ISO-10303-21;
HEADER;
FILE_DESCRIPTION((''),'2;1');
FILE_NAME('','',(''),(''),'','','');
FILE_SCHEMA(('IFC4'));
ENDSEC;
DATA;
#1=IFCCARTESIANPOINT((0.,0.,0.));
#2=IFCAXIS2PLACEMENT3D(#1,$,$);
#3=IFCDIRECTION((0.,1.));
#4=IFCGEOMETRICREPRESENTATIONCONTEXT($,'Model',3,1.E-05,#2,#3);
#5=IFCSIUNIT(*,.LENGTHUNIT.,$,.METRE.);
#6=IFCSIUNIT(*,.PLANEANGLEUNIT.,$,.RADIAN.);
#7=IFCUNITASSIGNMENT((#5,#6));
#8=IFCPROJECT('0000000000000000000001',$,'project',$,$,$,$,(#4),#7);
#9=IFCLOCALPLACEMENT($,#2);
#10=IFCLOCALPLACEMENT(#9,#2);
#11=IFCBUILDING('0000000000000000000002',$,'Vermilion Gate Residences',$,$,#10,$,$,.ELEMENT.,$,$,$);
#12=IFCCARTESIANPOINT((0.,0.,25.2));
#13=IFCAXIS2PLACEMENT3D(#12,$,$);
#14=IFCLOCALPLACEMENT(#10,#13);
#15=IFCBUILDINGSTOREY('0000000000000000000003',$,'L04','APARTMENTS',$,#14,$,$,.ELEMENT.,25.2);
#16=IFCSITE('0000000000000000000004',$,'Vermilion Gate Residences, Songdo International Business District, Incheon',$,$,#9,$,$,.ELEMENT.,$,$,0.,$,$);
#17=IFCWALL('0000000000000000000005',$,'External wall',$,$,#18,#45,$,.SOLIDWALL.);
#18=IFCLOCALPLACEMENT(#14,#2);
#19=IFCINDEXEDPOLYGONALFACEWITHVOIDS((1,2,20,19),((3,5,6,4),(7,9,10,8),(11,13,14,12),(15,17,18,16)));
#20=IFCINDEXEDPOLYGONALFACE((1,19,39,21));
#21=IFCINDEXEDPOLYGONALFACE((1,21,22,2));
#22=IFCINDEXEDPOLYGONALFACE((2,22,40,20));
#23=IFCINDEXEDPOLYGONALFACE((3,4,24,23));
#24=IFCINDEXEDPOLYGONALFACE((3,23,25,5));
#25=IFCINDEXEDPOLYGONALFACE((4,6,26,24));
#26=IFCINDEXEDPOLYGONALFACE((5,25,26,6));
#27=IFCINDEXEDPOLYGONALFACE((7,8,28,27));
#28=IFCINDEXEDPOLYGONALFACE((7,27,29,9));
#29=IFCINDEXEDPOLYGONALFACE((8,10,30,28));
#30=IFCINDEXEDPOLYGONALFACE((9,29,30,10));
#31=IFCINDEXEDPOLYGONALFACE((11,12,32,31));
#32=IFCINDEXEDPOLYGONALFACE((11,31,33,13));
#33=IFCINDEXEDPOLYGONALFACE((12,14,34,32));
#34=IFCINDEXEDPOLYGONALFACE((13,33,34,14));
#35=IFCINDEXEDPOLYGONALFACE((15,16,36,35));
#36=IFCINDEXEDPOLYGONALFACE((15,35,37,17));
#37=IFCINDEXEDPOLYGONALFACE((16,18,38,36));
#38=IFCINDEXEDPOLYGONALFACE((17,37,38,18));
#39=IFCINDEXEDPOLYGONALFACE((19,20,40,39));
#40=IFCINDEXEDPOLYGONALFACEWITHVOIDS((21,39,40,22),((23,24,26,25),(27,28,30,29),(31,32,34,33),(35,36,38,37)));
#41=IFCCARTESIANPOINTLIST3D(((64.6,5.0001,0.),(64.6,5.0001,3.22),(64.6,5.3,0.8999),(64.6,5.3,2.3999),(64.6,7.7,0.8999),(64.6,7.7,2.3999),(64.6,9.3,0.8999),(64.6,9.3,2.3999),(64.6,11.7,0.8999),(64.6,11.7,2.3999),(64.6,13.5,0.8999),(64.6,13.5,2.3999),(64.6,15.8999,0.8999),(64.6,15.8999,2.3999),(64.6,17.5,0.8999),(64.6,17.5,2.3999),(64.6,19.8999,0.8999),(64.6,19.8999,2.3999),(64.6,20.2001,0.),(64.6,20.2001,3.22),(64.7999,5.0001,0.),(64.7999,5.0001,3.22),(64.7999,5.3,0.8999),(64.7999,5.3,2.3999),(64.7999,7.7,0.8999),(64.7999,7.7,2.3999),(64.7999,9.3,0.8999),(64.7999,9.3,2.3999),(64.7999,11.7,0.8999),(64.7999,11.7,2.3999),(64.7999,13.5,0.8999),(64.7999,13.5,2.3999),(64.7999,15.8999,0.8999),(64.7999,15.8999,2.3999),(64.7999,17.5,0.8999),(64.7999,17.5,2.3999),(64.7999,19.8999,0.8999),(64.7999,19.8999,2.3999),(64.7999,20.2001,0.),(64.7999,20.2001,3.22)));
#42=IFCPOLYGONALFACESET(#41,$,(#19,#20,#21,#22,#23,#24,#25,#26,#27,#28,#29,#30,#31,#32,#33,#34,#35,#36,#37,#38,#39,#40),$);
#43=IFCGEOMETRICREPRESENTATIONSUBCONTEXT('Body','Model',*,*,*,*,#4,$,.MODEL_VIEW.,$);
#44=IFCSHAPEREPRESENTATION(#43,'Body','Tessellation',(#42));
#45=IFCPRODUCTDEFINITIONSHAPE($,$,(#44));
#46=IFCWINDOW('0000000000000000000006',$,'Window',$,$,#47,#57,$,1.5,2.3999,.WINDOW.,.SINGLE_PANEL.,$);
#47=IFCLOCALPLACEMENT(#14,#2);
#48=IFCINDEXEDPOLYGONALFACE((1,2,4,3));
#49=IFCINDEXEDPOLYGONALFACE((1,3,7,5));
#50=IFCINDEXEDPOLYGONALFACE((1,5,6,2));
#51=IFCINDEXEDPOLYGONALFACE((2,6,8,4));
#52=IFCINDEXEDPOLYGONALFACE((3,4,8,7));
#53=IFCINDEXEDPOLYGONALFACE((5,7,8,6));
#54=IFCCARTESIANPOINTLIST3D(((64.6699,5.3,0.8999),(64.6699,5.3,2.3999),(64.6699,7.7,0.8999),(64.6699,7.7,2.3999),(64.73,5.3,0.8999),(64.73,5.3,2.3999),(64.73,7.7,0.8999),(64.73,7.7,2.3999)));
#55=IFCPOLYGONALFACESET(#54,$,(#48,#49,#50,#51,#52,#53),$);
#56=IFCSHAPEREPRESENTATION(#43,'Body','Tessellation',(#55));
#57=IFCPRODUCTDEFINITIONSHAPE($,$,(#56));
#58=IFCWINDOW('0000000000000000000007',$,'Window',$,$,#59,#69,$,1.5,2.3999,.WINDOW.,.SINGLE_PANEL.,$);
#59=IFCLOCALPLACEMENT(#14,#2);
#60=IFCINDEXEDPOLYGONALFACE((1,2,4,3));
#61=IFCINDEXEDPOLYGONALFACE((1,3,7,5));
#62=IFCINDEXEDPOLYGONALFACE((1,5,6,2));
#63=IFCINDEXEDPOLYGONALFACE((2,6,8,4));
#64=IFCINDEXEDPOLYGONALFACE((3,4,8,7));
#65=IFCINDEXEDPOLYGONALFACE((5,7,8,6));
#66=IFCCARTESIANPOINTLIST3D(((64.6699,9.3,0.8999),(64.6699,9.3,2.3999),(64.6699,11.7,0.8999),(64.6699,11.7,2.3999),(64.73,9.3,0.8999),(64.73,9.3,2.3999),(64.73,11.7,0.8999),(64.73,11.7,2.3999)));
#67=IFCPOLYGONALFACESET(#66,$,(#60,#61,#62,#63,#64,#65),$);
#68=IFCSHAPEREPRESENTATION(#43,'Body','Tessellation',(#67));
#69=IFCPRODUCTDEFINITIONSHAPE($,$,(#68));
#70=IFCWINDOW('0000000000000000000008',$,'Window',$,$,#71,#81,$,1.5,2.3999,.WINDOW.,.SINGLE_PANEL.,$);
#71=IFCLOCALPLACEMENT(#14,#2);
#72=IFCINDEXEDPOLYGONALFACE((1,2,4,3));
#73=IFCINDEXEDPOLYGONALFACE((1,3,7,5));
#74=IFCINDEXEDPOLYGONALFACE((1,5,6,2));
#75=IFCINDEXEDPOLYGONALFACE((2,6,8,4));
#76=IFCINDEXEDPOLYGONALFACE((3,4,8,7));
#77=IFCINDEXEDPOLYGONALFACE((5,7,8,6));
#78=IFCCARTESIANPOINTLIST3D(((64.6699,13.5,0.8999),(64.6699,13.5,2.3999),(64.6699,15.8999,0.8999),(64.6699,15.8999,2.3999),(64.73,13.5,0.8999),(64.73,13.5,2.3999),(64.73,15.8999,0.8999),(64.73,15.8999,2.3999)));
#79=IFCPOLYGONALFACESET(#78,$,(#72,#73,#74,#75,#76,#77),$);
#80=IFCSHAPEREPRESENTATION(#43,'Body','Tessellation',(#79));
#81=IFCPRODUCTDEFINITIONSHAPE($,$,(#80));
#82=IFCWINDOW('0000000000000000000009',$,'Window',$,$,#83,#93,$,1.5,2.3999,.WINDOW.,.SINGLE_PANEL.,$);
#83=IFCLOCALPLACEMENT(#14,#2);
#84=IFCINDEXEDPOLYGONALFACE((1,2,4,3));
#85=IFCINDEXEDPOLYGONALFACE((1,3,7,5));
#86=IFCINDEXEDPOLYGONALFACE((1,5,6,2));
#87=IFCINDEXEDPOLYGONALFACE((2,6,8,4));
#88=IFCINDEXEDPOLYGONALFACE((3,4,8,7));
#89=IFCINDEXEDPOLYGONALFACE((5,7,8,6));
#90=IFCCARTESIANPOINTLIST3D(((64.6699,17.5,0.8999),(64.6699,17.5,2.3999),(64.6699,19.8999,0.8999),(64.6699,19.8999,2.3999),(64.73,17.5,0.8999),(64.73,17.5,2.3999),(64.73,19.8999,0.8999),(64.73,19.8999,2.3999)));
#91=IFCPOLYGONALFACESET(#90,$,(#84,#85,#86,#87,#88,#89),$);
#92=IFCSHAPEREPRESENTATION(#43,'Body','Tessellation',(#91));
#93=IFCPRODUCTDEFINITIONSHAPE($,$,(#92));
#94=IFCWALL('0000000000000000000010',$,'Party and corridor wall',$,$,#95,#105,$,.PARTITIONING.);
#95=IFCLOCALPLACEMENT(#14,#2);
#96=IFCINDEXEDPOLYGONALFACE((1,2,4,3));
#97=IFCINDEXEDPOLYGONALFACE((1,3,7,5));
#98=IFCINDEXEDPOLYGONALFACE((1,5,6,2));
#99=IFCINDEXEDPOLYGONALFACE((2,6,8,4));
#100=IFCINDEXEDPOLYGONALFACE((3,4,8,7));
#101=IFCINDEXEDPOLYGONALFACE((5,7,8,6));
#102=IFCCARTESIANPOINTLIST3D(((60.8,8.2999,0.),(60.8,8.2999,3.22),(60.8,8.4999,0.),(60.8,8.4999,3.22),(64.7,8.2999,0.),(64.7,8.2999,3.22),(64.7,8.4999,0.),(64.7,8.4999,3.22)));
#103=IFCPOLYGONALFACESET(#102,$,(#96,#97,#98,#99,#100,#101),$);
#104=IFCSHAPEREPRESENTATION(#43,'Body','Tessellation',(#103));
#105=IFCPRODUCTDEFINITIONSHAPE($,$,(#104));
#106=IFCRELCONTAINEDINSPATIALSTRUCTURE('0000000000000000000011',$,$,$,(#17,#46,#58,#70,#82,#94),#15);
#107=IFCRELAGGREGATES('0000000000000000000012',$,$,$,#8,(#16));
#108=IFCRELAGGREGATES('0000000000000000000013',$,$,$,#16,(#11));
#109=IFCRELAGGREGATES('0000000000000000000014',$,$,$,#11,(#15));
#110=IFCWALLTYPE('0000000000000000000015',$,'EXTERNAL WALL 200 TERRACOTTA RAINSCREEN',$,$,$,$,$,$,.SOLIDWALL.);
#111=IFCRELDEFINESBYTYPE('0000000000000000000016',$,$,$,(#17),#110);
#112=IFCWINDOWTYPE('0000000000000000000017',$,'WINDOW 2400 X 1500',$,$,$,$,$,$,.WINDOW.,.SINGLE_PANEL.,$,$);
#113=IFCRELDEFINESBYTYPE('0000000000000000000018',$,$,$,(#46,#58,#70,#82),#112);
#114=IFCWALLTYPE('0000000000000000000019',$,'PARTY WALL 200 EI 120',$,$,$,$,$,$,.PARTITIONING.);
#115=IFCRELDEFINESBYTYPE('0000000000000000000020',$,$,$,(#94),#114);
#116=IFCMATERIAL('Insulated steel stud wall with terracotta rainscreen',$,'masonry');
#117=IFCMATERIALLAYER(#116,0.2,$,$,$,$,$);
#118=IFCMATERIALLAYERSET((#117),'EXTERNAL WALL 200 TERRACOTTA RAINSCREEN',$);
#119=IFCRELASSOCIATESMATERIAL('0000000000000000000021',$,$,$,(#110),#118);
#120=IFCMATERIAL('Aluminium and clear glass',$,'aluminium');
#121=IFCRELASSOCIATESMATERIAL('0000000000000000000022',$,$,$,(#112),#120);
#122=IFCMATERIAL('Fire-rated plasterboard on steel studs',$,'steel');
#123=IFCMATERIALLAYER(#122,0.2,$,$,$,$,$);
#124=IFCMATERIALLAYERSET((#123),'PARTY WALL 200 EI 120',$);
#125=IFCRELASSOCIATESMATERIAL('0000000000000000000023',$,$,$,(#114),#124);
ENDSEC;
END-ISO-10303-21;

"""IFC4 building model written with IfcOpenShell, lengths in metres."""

from ifc_helpers import new_model, si_unit, direction, frame, frame_2d, origin, place, context, subcontext, project, spatial, rectangle, extrude, material, layer, layer_set, type_object, element, fill, save


model = new_model("IFC4")

# Units and contexts
model_context = context("Model", 3, precision=1e-05, world=origin(), true_north=direction((0.0, 1.0)))
body_context = subcontext(model_context, "Body", "Model", "MODEL_VIEW")
ifc_project = project(units=[si_unit("LENGTHUNIT", "METRE"), si_unit("PLANEANGLEUNIT", "RADIAN")], contexts=[model_context])

# Site, building, storey
site_placement = place(None, origin())
site = spatial("IfcSite", under=ifc_project, at=site_placement, Name="Vermilion Gate Residences, Songdo International Business District, Incheon", CompositionType="ELEMENT", RefElevation=0.0)
building_placement = place(site_placement, origin())
building = spatial("IfcBuilding", under=site, at=building_placement, Name="Vermilion Gate Residences", CompositionType="ELEMENT")
storey_placement = place(building_placement, frame((0.0, 0.0, 25.2)))
storey = spatial("IfcBuildingStorey", under=building, at=storey_placement, Name="L04", Description="APARTMENTS", CompositionType="ELEMENT", Elevation=25.2)

# Shared definitions
ifc_material_1 = material(Name="Insulated steel stud wall with terracotta rainscreen", Category="masonry")
ifc_layer_1 = layer(ifc_material_1, 0.2)
ifc_layer_set_1 = layer_set([ifc_layer_1], Name="EXTERNAL WALL 200 TERRACOTTA RAINSCREEN")
wall_type_1 = type_object("IfcWallType", Name="EXTERNAL WALL 200 TERRACOTTA RAINSCREEN", PredefinedType="SOLIDWALL", material=ifc_layer_set_1)

# Wall, openings, windows
wall_1_placement = place(storey_placement, frame((64.7, 5.0, 0.0), z_axis=(0.0, 0.0, 1.0), x_axis=(0.0, 1.0, 0.0)))
wall_1 = element("IfcWall", 1, at=wall_1_placement, inside=storey, type_object=wall_type_1, Name="External wall", PredefinedType="SOLIDWALL", context=body_context, shape_type="SweptSolid", body=[
    extrude(rectangle(XDim=15.2, YDim=0.2, at=frame_2d((7.6001, 0.0))), origin(), (0.0, 0.0, 1.0), 3.22),
])
opening_1_placement = place(wall_1_placement, frame((0.3, 0.0, 0.8999)))
opening_1 = element("IfcOpeningElement", 2, at=opening_1_placement, cuts=wall_1, PredefinedType="OPENING", context=body_context, shape_type="SweptSolid", body=[
    extrude(rectangle(XDim=2.3999, YDim=1.5, at=frame_2d((1.2, 0.75))), frame((0.0, 0.1099, 0.0), z_axis=(0.0, -1.0, 0.0), x_axis=(1.0, 0.0, 0.0)), (0.0, 0.0, 1.0), 0.22),
])
opening_2_placement = place(wall_1_placement, frame((4.3, 0.0, 0.8999)))
opening_2 = element("IfcOpeningElement", 3, at=opening_2_placement, cuts=wall_1, PredefinedType="OPENING", context=body_context, shape_type="SweptSolid", body=[
    extrude(rectangle(XDim=2.3999, YDim=1.5, at=frame_2d((1.2, 0.75))), frame((0.0, 0.1099, 0.0), z_axis=(0.0, -1.0, 0.0), x_axis=(1.0, 0.0, 0.0)), (0.0, 0.0, 1.0), 0.22),
])
opening_3_placement = place(wall_1_placement, frame((8.5, 0.0, 0.8999)))
opening_3 = element("IfcOpeningElement", 4, at=opening_3_placement, cuts=wall_1, PredefinedType="OPENING", context=body_context, shape_type="SweptSolid", body=[
    extrude(rectangle(XDim=2.3999, YDim=1.5, at=frame_2d((1.2, 0.75))), frame((0.0, 0.1099, 0.0), z_axis=(0.0, -1.0, 0.0), x_axis=(1.0, 0.0, 0.0)), (0.0, 0.0, 1.0), 0.22),
])
opening_4_placement = place(wall_1_placement, frame((12.5, 0.0, 0.8999)))
opening_4 = element("IfcOpeningElement", 5, at=opening_4_placement, cuts=wall_1, PredefinedType="OPENING", context=body_context, shape_type="SweptSolid", body=[
    extrude(rectangle(XDim=2.3999, YDim=1.5, at=frame_2d((1.2, 0.75))), frame((0.0, 0.1099, 0.0), z_axis=(0.0, -1.0, 0.0), x_axis=(1.0, 0.0, 0.0)), (0.0, 0.0, 1.0), 0.22),
])
ifc_material_2 = material(Name="Aluminium and clear glass", Category="aluminium")
window_type = type_object("IfcWindowType", Name="WINDOW 2400 X 1500", PartitioningType="SINGLE_PANEL", PredefinedType="WINDOW", material=ifc_material_2)
window_1_placement = place(opening_1_placement, origin())
window_1 = element("IfcWindow", 6, at=window_1_placement, inside=storey, type_object=window_type, Name="Window", OverallHeight=1.5, OverallWidth=2.3999, PartitioningType="SINGLE_PANEL", PredefinedType="WINDOW", context=body_context, shape_type="SweptSolid", body=[
    extrude(rectangle(XDim=2.3999, YDim=1.5, at=frame_2d((1.2, 0.75))), frame((0.0, 0.03, 0.0), z_axis=(0.0, -1.0, 0.0), x_axis=(1.0, 0.0, 0.0)), (0.0, 0.0, 1.0), 0.0601),
])
fill(opening_1, window_1)
window_2_placement = place(opening_2_placement, origin())
window_2 = element("IfcWindow", 7, at=window_2_placement, inside=storey, type_object=window_type, Name="Window", OverallHeight=1.5, OverallWidth=2.3999, PartitioningType="SINGLE_PANEL", PredefinedType="WINDOW", context=body_context, shape_type="SweptSolid", body=[
    extrude(rectangle(XDim=2.3999, YDim=1.5, at=frame_2d((1.2, 0.75))), frame((0.0, 0.03, 0.0), z_axis=(0.0, -1.0, 0.0), x_axis=(1.0, 0.0, 0.0)), (0.0, 0.0, 1.0), 0.0601),
])
fill(opening_2, window_2)
window_3_placement = place(opening_3_placement, origin())
window_3 = element("IfcWindow", 8, at=window_3_placement, inside=storey, type_object=window_type, Name="Window", OverallHeight=1.5, OverallWidth=2.3999, PartitioningType="SINGLE_PANEL", PredefinedType="WINDOW", context=body_context, shape_type="SweptSolid", body=[
    extrude(rectangle(XDim=2.3999, YDim=1.5, at=frame_2d((1.2, 0.75))), frame((0.0, 0.03, 0.0), z_axis=(0.0, -1.0, 0.0), x_axis=(1.0, 0.0, 0.0)), (0.0, 0.0, 1.0), 0.0601),
])
fill(opening_3, window_3)
window_4_placement = place(opening_4_placement, origin())
window_4 = element("IfcWindow", 9, at=window_4_placement, inside=storey, type_object=window_type, Name="Window", OverallHeight=1.5, OverallWidth=2.3999, PartitioningType="SINGLE_PANEL", PredefinedType="WINDOW", context=body_context, shape_type="SweptSolid", body=[
    extrude(rectangle(XDim=2.3999, YDim=1.5, at=frame_2d((1.2, 0.75))), frame((0.0, 0.03, 0.0), z_axis=(0.0, -1.0, 0.0), x_axis=(1.0, 0.0, 0.0)), (0.0, 0.0, 1.0), 0.0601),
])
fill(opening_4, window_4)

# Wall
ifc_material_3 = material(Name="Fire-rated plasterboard on steel studs", Category="steel")
ifc_layer_2 = layer(ifc_material_3, 0.2)
ifc_layer_set_2 = layer_set([ifc_layer_2], Name="PARTY WALL 200 EI 120")
wall_type_2 = type_object("IfcWallType", Name="PARTY WALL 200 EI 120", PredefinedType="PARTITIONING", material=ifc_layer_set_2)
wall_2_placement = place(storey_placement, frame((60.8, 8.3999, 0.0), z_axis=(0.0, 0.0, 1.0), x_axis=(1.0, 0.0, 0.0)))
element("IfcWall", 10, at=wall_2_placement, inside=storey, type_object=wall_type_2, Name="Party and corridor wall", PredefinedType="PARTITIONING", context=body_context, shape_type="SweptSolid", body=[
    extrude(rectangle(XDim=3.8999, YDim=0.2, at=frame_2d((1.95, 0.0))), origin(), (0.0, 0.0, 1.0), 3.22),
])

save(model, "model.ifc")
